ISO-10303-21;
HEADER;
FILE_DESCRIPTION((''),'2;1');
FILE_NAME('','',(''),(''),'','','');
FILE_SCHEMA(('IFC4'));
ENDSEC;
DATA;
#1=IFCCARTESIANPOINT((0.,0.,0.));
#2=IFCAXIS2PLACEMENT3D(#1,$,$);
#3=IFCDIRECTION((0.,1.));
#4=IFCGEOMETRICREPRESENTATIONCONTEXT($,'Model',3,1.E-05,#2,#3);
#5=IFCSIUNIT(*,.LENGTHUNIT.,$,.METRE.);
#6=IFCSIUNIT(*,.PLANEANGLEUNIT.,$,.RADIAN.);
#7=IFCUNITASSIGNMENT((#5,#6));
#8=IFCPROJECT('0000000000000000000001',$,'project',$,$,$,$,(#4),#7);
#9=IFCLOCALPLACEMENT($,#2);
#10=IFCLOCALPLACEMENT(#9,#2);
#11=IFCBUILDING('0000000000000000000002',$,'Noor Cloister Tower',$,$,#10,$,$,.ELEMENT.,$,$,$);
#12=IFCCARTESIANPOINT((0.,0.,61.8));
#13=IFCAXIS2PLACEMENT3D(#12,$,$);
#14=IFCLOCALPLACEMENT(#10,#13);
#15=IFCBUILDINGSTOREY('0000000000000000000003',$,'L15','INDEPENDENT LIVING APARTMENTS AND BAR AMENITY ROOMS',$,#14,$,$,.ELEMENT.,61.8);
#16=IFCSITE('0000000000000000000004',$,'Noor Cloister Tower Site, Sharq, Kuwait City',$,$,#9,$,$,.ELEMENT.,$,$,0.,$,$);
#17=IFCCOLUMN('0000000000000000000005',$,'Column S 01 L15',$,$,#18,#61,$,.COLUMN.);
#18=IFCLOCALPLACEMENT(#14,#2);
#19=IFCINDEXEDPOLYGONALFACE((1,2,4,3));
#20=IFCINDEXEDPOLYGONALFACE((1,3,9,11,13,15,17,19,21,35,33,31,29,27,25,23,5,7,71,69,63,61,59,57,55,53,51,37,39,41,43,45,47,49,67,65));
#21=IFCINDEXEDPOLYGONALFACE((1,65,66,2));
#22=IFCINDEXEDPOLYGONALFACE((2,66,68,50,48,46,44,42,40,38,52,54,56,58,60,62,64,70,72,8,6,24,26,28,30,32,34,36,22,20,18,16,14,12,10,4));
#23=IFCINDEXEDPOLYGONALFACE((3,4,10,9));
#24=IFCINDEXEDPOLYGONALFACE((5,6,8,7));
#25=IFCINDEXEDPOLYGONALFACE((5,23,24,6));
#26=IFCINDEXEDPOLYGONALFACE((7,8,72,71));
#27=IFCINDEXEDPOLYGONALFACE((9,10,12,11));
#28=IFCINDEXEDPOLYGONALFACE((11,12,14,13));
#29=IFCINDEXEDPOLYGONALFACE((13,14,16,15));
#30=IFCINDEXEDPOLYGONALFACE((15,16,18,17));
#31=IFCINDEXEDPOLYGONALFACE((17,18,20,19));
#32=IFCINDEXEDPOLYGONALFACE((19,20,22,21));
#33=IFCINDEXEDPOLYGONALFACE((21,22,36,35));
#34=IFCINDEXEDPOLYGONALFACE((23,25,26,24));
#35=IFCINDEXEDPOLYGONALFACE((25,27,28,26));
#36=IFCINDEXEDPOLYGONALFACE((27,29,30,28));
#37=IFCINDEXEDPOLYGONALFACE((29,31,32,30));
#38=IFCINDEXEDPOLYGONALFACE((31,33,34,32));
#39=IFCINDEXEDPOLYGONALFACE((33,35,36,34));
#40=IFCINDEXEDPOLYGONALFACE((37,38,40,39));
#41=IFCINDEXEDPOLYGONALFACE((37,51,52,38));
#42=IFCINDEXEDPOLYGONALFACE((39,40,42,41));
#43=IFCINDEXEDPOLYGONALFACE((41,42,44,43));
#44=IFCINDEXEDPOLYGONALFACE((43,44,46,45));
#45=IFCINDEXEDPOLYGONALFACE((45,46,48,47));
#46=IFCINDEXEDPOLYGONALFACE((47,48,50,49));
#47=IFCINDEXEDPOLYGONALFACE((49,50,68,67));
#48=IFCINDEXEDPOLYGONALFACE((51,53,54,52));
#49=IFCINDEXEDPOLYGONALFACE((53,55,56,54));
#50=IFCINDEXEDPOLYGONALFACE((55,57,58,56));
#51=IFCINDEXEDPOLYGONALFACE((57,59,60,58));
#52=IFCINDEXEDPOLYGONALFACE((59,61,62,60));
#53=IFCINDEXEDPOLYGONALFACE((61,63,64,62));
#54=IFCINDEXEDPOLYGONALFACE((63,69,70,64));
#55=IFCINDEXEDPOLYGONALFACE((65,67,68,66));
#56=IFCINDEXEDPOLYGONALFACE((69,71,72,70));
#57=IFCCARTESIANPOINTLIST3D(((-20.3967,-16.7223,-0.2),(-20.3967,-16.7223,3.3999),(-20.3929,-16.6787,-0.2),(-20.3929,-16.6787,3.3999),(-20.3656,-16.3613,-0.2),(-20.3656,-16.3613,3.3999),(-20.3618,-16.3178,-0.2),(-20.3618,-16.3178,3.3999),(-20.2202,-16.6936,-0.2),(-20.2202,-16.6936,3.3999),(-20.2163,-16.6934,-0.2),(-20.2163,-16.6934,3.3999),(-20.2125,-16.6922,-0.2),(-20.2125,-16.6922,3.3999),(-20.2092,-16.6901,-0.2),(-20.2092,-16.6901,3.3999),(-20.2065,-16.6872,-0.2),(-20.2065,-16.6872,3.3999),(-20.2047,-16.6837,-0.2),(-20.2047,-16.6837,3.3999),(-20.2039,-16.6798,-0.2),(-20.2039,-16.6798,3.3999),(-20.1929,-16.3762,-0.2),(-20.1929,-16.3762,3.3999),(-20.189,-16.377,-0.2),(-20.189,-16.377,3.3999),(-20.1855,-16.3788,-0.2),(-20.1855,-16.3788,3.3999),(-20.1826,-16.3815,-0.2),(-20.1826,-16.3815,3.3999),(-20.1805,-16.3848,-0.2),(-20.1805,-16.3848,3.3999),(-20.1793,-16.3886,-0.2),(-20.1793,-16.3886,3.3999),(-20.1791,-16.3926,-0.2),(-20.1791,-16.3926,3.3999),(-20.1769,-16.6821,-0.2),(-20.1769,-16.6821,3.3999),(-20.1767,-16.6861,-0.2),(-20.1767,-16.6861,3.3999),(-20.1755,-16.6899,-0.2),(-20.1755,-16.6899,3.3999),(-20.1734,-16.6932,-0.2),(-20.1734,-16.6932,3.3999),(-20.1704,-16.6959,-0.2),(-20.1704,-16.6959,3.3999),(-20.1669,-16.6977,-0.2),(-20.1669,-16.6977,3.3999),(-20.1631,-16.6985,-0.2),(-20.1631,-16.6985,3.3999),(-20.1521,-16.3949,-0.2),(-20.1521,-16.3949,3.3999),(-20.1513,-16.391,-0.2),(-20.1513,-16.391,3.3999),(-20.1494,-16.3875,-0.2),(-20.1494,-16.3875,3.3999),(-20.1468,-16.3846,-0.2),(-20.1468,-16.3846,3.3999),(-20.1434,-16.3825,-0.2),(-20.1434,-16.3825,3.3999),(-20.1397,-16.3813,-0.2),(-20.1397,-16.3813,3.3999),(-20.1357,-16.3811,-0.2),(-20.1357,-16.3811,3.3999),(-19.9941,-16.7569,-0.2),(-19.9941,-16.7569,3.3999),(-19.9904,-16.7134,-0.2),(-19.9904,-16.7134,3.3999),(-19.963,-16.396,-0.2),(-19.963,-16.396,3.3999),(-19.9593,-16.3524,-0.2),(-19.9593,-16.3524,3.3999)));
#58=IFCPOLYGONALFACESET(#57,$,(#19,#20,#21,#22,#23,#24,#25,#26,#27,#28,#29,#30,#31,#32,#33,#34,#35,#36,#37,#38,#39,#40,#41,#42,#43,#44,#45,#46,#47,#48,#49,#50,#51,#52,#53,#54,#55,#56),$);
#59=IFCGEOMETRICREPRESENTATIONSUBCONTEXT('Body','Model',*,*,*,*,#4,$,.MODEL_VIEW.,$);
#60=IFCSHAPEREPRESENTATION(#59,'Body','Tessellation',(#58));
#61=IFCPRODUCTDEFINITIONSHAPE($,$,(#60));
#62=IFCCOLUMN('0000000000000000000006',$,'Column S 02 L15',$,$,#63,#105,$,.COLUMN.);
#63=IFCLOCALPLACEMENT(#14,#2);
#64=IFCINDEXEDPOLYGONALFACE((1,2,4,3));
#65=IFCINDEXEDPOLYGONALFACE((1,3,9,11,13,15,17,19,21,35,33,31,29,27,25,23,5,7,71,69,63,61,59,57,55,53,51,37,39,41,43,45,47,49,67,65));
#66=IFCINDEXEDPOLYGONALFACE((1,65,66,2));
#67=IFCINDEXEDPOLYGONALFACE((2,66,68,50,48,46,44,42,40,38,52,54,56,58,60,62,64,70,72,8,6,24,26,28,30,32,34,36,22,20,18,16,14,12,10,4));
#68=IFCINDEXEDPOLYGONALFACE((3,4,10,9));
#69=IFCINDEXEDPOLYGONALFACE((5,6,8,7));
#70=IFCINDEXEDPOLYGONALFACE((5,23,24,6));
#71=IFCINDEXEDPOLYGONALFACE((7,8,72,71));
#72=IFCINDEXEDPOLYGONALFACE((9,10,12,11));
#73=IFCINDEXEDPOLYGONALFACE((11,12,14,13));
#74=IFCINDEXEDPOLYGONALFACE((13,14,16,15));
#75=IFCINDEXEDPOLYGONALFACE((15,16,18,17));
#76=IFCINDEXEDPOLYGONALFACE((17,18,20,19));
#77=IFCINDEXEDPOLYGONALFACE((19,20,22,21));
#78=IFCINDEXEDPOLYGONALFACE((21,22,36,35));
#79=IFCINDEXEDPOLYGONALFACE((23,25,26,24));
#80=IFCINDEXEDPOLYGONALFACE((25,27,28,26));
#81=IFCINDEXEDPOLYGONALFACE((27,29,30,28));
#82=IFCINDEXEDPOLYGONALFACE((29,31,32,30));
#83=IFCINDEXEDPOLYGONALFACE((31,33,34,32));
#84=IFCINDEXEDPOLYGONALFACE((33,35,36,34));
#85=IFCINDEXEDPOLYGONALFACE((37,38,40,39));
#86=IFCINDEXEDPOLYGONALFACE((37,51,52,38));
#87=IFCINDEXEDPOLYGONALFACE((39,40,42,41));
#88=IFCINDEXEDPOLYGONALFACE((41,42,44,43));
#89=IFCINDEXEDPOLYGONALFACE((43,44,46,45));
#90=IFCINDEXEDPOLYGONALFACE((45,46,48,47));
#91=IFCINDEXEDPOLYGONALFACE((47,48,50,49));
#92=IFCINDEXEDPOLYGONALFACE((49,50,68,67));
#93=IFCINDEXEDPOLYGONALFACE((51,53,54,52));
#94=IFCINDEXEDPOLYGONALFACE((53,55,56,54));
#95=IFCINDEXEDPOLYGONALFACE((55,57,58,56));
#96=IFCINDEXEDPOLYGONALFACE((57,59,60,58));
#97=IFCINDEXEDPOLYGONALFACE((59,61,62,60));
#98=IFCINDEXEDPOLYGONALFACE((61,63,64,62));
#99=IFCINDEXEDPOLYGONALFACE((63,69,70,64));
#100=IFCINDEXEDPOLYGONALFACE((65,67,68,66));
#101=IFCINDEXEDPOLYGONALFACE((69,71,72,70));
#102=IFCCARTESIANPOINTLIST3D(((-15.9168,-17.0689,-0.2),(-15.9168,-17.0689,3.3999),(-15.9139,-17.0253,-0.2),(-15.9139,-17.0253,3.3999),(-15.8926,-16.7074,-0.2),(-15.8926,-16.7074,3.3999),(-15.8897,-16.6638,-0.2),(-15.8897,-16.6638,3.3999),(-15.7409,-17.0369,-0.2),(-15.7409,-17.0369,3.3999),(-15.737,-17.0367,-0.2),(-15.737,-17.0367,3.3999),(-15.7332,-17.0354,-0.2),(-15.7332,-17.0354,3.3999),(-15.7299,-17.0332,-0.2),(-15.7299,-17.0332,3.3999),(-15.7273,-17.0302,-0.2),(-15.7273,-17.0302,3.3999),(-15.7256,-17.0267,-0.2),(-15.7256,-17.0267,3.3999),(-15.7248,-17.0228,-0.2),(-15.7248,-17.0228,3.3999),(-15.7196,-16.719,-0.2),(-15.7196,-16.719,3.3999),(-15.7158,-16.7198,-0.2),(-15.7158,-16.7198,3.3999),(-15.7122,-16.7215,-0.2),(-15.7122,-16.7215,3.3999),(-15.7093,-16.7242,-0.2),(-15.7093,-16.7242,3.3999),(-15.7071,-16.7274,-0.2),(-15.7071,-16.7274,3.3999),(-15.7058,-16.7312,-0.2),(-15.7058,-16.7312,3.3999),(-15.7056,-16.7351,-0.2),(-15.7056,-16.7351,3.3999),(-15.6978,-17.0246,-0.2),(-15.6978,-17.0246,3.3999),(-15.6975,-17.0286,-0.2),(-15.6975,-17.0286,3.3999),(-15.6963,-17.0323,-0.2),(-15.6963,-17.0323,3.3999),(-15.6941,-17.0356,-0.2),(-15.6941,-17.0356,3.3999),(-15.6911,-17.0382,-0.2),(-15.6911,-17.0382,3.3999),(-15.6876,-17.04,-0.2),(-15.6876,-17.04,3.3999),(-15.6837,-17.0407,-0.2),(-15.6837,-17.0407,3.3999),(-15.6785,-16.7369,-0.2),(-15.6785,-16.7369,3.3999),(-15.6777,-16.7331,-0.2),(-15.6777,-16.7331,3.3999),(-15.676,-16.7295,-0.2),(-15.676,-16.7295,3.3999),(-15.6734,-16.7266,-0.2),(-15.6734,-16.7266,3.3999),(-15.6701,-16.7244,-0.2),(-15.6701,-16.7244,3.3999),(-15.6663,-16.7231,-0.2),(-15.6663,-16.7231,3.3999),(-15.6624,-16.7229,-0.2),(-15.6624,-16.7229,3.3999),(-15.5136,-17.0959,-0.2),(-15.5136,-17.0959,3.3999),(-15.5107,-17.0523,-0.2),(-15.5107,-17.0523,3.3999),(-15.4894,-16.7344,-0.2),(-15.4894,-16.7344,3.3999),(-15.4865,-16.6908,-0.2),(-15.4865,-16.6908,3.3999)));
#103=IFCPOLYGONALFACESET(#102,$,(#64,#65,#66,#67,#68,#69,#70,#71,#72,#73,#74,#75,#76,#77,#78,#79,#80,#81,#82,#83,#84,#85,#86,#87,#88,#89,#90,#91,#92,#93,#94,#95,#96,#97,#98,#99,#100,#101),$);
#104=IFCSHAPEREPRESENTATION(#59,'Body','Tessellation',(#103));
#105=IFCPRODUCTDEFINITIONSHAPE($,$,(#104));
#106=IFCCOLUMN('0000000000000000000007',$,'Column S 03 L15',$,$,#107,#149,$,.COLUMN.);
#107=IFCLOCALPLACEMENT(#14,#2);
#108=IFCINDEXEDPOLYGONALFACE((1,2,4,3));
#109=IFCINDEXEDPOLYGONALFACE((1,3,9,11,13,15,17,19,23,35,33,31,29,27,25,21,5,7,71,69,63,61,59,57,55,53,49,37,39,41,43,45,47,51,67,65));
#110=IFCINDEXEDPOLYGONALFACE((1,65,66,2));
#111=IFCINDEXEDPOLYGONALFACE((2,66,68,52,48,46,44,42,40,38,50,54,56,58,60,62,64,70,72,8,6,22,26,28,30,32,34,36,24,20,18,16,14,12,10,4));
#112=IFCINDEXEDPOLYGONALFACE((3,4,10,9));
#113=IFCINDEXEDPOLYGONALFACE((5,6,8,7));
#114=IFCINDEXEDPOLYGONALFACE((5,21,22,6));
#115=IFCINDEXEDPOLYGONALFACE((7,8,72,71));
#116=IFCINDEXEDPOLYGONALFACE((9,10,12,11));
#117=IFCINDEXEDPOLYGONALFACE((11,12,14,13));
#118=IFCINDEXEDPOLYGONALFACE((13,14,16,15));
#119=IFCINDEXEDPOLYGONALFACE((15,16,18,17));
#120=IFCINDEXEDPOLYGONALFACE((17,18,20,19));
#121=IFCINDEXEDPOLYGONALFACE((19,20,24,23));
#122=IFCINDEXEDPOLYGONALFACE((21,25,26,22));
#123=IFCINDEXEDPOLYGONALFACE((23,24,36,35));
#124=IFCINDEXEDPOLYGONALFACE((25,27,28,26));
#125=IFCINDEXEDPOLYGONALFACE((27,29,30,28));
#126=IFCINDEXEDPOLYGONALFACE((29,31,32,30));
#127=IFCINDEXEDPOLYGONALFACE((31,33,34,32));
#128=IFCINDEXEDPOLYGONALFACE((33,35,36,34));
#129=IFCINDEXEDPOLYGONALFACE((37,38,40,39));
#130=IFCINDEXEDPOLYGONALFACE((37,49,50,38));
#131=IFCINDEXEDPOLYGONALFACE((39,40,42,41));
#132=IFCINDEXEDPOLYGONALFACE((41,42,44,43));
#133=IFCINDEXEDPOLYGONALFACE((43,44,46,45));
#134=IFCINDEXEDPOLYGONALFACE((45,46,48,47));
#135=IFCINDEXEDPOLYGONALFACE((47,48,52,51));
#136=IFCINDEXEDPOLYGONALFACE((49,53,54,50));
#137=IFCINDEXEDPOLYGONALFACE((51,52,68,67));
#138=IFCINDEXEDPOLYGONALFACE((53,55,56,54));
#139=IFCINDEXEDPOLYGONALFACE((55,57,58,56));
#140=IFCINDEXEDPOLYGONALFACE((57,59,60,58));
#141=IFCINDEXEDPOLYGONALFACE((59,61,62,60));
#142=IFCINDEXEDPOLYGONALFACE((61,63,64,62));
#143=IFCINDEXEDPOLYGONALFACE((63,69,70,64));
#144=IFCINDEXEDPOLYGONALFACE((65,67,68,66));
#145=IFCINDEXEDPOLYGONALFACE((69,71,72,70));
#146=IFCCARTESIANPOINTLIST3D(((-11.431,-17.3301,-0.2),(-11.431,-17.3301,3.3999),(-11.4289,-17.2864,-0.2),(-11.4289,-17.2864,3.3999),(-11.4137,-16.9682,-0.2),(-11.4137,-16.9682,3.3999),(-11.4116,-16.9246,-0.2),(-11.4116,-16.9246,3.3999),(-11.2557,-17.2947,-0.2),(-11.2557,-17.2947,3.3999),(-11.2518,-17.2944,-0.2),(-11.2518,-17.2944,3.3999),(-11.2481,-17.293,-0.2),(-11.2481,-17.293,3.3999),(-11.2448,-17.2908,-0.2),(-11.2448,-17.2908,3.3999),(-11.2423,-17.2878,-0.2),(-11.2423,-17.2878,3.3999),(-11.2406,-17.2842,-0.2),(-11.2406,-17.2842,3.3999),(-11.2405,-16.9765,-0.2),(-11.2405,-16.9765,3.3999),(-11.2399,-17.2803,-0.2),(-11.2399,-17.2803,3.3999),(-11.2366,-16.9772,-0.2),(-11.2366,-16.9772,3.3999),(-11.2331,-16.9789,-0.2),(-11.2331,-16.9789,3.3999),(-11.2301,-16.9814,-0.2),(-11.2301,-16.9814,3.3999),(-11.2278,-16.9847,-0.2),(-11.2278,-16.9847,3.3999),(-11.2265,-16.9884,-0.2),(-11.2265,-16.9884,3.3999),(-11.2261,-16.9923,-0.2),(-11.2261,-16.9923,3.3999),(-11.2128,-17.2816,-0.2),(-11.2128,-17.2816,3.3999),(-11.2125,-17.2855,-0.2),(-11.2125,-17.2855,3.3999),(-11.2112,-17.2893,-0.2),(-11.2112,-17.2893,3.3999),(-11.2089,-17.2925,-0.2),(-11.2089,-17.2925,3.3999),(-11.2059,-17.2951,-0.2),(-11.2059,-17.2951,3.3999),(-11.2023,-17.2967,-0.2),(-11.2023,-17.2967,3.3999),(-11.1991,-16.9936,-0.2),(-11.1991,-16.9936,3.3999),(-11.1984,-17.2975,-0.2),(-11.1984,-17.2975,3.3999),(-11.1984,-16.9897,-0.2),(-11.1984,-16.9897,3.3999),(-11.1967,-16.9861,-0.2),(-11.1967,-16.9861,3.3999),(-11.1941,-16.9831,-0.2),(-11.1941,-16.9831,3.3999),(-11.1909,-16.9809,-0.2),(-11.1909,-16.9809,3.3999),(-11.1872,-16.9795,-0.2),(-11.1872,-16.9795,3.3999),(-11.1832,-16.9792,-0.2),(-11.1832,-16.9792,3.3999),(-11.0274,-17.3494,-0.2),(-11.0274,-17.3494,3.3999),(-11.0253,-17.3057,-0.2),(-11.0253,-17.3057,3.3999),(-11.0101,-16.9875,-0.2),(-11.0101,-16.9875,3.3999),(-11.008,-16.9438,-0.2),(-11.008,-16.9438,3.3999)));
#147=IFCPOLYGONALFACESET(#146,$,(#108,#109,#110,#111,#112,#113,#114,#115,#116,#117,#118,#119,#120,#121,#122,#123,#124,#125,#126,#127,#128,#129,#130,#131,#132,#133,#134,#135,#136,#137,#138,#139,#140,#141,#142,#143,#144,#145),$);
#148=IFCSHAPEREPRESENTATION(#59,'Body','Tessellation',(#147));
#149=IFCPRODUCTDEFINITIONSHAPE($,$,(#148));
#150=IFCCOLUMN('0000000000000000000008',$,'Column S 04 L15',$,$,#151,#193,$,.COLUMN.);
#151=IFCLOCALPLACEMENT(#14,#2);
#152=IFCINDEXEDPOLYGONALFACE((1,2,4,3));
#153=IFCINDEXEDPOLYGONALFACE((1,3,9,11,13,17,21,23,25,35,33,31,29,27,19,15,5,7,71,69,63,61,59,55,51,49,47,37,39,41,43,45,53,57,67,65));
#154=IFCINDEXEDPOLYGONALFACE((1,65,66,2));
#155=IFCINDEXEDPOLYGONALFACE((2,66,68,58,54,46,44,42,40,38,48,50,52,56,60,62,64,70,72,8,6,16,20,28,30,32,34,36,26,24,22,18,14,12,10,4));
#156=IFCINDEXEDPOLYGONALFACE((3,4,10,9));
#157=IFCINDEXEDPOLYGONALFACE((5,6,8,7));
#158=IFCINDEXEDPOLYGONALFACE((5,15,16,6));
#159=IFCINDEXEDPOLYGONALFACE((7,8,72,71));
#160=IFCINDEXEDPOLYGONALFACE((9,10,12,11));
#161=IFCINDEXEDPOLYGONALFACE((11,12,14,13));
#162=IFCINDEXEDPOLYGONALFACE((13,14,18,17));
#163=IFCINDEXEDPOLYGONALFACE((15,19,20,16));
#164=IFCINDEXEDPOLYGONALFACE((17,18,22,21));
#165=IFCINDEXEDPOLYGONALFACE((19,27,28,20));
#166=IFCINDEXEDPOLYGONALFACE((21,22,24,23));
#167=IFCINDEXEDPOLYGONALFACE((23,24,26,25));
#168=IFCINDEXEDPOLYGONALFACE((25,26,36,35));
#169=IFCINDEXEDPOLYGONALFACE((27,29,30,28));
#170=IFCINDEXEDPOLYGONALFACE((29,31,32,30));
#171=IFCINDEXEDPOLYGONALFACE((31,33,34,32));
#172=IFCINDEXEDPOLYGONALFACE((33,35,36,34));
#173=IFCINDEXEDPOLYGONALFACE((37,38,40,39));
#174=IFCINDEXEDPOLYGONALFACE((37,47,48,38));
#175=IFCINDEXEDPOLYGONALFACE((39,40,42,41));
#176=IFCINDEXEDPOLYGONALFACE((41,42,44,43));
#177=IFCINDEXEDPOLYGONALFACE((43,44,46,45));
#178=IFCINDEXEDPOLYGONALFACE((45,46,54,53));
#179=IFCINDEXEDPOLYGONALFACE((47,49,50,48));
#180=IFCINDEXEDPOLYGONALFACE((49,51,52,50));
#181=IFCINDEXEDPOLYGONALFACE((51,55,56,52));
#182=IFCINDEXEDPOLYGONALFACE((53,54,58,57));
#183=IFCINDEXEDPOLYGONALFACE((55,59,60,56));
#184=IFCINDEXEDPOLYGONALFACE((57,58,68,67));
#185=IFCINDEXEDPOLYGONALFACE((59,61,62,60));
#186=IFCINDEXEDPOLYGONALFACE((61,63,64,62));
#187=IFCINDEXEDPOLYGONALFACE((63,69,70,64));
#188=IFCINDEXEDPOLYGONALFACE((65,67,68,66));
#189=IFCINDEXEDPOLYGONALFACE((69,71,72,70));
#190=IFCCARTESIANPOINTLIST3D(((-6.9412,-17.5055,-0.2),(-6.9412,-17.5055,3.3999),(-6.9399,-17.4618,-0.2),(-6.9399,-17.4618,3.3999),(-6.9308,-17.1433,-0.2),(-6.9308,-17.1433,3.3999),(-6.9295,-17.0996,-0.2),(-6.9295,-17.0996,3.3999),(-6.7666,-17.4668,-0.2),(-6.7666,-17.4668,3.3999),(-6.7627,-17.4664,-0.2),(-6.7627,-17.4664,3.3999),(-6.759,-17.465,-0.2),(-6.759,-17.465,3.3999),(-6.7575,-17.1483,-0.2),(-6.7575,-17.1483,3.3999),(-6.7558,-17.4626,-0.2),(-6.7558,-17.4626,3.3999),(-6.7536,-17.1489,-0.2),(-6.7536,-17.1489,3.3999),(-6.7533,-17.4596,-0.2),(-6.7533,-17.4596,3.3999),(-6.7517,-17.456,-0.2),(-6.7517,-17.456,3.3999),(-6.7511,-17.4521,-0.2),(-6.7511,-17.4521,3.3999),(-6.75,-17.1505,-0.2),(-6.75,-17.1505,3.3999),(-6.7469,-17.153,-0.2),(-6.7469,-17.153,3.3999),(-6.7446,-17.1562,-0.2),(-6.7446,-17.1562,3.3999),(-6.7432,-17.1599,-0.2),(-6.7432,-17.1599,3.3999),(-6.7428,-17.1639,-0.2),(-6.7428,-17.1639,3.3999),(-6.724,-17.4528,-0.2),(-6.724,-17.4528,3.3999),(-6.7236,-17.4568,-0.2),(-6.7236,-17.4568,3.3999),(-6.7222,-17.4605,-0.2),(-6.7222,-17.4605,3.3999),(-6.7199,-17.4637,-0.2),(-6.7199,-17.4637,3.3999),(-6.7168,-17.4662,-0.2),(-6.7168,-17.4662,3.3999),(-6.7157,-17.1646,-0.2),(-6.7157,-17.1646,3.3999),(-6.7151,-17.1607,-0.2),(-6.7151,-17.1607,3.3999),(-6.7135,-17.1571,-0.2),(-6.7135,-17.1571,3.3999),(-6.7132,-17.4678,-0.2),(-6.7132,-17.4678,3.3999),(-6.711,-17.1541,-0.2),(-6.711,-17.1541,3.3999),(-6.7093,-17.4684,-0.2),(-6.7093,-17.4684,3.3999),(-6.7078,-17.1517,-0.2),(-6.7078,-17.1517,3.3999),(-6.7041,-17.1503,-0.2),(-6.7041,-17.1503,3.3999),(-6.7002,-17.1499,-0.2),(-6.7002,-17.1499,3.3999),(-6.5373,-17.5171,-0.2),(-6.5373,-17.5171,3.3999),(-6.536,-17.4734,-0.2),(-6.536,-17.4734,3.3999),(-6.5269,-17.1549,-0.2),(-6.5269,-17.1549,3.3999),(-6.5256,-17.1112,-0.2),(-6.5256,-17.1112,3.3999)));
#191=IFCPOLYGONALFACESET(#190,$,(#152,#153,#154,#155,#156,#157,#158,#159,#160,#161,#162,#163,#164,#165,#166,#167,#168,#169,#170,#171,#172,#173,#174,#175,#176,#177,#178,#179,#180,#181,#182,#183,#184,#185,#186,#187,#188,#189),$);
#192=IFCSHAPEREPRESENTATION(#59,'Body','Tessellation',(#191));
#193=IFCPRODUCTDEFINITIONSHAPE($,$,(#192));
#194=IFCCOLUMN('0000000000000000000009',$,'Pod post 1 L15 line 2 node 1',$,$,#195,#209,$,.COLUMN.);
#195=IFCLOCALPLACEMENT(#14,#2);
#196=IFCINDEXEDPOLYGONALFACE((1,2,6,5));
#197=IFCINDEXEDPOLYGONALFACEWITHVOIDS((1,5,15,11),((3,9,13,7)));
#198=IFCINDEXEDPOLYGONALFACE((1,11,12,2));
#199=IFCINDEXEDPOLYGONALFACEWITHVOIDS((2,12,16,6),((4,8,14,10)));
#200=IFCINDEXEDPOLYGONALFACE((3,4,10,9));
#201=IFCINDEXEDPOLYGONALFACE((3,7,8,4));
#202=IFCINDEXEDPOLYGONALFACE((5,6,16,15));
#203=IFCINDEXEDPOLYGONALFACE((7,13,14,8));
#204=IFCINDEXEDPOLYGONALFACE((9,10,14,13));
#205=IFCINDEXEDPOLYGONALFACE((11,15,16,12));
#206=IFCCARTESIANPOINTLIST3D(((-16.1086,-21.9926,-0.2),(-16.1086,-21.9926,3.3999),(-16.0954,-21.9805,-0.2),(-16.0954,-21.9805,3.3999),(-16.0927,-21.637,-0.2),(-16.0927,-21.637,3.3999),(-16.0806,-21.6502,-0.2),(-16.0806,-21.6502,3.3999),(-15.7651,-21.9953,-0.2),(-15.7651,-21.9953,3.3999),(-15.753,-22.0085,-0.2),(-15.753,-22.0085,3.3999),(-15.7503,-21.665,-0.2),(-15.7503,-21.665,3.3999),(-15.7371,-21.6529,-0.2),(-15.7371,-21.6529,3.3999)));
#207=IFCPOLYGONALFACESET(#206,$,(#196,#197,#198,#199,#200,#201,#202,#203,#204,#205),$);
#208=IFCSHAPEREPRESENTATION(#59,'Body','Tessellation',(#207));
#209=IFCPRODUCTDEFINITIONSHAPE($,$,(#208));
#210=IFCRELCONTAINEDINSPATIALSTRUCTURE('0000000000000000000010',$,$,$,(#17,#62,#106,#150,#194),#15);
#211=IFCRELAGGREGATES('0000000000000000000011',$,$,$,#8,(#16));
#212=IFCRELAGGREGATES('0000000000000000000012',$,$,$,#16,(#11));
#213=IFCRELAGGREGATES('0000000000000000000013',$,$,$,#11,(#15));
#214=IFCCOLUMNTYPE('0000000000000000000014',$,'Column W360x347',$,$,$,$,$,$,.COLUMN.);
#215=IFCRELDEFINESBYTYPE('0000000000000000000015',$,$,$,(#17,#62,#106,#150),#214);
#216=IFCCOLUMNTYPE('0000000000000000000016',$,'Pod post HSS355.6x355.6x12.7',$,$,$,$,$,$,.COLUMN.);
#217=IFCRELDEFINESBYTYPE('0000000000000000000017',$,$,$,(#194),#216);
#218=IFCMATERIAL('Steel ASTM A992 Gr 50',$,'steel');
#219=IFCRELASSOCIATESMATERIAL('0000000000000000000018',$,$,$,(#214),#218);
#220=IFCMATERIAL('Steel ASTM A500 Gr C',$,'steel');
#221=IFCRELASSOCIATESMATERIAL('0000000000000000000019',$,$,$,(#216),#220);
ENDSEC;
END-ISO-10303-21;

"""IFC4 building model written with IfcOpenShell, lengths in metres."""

from ifc_helpers import new_model, si_unit, direction, frame, origin, origin_2d, place, context, subcontext, project, spatial, hollow_rectangle, i_section, extrude, material, material_profile, profile_set, type_object, element, save


model = new_model("IFC4")

# Units and contexts
model_context = context("Model", 3, precision=1e-05, world=origin(), true_north=direction((0.0, 1.0)))
body_context = subcontext(model_context, "Body", "Model", "MODEL_VIEW")
ifc_project = project(units=[si_unit("LENGTHUNIT", "METRE"), si_unit("PLANEANGLEUNIT", "RADIAN")], contexts=[model_context])

# Site, building, storey
site_placement = place(None, origin())
site = spatial("IfcSite", under=ifc_project, at=site_placement, Name="Noor Cloister Tower Site, Sharq, Kuwait City", CompositionType="ELEMENT", RefElevation=0.0)
building_placement = place(site_placement, origin())
building = spatial("IfcBuilding", under=site, at=building_placement, Name="Noor Cloister Tower", CompositionType="ELEMENT")
storey_placement = place(building_placement, frame((0.0, 0.0, 61.8)))
storey = spatial("IfcBuildingStorey", under=building, at=storey_placement, Name="L15", Description="INDEPENDENT LIVING APARTMENTS AND BAR AMENITY ROOMS", CompositionType="ELEMENT", Elevation=61.8)

# Columns
ifc_material_1 = material(Name="Steel ASTM A992 Gr 50", Category="steel")
ifc_material_profile_1 = material_profile(ifc_material_1, i_section(OverallWidth=0.4041, OverallDepth=0.406, WebThickness=0.0271, FlangeThickness=0.0437, FilletRadius=0.0151, at=origin_2d()), Name="W360x347")
ifc_profile_set_1 = profile_set([ifc_material_profile_1], Name="Steel ASTM A992 Gr 50")
column_type_1 = type_object("IfcColumnType", Name="Column W360x347", PredefinedType="COLUMN", material=ifc_profile_set_1)
for number, where, z_axis, x_axis, name in (
    (1, (-20.178, -16.5374, -0.2), (0.0, 0.0, 1.0), (0.99631, -0.085828, 0.0), "Column S 01 L15"),
    (2, (-15.7017, -16.8799, -0.2), (0.0, 0.0, 1.0), (0.997767, -0.066787, 0.0), "Column S 02 L15"),
    (3, (-11.2195, -17.137, -0.2), (0.0, 0.0, 1.0), (0.998861, -0.047723, 0.0), "Column S 03 L15"),
    (4, (-6.7334, -17.3083, -0.2), (0.0, 0.0, 1.0), (0.99959, -0.028641, 0.0), "Column S 04 L15"),
):
    element("IfcColumn", number, at=place(storey_placement, frame(where, z_axis=z_axis, x_axis=x_axis)), inside=storey, type_object=column_type_1, Name=name, PredefinedType="COLUMN", context=body_context, shape_type="SweptSolid", body=[
        extrude(i_section(OverallWidth=0.4041, OverallDepth=0.406, WebThickness=0.0271, FlangeThickness=0.0437, FilletRadius=0.0151, at=origin_2d()), origin(), (0.0, 0.0, 1.0), 3.5999),
    ])
ifc_material_2 = material(Name="Steel ASTM A500 Gr C", Category="steel")
ifc_material_profile_2 = material_profile(ifc_material_2, hollow_rectangle(XDim=0.356, YDim=0.356, WallThickness=0.0127, at=origin_2d()), Name="HSS355.6x355.6x12.7")
ifc_profile_set_2 = profile_set([ifc_material_profile_2], Name="Steel ASTM A500 Gr C")
column_type_2 = type_object("IfcColumnType", Name="Pod post HSS355.6x355.6x12.7", PredefinedType="COLUMN", material=ifc_profile_set_2)
for number, where, z_axis, x_axis, name in (
    (5, (-15.9229, -21.8228, -0.2), (0.0, 0.0, 1.0), (-0.044724, -0.998999, 0.0), "Pod post 1 L15 line 2 node 1"),
):
    element("IfcColumn", number, at=place(storey_placement, frame(where, z_axis=z_axis, x_axis=x_axis)), inside=storey, type_object=column_type_2, Name=name, PredefinedType="COLUMN", context=body_context, shape_type="SweptSolid", body=[
        extrude(hollow_rectangle(XDim=0.356, YDim=0.356, WallThickness=0.0127, at=origin_2d()), origin(), (0.0, 0.0, 1.0), 3.5999),
    ])

save(model, "model.ifc")
